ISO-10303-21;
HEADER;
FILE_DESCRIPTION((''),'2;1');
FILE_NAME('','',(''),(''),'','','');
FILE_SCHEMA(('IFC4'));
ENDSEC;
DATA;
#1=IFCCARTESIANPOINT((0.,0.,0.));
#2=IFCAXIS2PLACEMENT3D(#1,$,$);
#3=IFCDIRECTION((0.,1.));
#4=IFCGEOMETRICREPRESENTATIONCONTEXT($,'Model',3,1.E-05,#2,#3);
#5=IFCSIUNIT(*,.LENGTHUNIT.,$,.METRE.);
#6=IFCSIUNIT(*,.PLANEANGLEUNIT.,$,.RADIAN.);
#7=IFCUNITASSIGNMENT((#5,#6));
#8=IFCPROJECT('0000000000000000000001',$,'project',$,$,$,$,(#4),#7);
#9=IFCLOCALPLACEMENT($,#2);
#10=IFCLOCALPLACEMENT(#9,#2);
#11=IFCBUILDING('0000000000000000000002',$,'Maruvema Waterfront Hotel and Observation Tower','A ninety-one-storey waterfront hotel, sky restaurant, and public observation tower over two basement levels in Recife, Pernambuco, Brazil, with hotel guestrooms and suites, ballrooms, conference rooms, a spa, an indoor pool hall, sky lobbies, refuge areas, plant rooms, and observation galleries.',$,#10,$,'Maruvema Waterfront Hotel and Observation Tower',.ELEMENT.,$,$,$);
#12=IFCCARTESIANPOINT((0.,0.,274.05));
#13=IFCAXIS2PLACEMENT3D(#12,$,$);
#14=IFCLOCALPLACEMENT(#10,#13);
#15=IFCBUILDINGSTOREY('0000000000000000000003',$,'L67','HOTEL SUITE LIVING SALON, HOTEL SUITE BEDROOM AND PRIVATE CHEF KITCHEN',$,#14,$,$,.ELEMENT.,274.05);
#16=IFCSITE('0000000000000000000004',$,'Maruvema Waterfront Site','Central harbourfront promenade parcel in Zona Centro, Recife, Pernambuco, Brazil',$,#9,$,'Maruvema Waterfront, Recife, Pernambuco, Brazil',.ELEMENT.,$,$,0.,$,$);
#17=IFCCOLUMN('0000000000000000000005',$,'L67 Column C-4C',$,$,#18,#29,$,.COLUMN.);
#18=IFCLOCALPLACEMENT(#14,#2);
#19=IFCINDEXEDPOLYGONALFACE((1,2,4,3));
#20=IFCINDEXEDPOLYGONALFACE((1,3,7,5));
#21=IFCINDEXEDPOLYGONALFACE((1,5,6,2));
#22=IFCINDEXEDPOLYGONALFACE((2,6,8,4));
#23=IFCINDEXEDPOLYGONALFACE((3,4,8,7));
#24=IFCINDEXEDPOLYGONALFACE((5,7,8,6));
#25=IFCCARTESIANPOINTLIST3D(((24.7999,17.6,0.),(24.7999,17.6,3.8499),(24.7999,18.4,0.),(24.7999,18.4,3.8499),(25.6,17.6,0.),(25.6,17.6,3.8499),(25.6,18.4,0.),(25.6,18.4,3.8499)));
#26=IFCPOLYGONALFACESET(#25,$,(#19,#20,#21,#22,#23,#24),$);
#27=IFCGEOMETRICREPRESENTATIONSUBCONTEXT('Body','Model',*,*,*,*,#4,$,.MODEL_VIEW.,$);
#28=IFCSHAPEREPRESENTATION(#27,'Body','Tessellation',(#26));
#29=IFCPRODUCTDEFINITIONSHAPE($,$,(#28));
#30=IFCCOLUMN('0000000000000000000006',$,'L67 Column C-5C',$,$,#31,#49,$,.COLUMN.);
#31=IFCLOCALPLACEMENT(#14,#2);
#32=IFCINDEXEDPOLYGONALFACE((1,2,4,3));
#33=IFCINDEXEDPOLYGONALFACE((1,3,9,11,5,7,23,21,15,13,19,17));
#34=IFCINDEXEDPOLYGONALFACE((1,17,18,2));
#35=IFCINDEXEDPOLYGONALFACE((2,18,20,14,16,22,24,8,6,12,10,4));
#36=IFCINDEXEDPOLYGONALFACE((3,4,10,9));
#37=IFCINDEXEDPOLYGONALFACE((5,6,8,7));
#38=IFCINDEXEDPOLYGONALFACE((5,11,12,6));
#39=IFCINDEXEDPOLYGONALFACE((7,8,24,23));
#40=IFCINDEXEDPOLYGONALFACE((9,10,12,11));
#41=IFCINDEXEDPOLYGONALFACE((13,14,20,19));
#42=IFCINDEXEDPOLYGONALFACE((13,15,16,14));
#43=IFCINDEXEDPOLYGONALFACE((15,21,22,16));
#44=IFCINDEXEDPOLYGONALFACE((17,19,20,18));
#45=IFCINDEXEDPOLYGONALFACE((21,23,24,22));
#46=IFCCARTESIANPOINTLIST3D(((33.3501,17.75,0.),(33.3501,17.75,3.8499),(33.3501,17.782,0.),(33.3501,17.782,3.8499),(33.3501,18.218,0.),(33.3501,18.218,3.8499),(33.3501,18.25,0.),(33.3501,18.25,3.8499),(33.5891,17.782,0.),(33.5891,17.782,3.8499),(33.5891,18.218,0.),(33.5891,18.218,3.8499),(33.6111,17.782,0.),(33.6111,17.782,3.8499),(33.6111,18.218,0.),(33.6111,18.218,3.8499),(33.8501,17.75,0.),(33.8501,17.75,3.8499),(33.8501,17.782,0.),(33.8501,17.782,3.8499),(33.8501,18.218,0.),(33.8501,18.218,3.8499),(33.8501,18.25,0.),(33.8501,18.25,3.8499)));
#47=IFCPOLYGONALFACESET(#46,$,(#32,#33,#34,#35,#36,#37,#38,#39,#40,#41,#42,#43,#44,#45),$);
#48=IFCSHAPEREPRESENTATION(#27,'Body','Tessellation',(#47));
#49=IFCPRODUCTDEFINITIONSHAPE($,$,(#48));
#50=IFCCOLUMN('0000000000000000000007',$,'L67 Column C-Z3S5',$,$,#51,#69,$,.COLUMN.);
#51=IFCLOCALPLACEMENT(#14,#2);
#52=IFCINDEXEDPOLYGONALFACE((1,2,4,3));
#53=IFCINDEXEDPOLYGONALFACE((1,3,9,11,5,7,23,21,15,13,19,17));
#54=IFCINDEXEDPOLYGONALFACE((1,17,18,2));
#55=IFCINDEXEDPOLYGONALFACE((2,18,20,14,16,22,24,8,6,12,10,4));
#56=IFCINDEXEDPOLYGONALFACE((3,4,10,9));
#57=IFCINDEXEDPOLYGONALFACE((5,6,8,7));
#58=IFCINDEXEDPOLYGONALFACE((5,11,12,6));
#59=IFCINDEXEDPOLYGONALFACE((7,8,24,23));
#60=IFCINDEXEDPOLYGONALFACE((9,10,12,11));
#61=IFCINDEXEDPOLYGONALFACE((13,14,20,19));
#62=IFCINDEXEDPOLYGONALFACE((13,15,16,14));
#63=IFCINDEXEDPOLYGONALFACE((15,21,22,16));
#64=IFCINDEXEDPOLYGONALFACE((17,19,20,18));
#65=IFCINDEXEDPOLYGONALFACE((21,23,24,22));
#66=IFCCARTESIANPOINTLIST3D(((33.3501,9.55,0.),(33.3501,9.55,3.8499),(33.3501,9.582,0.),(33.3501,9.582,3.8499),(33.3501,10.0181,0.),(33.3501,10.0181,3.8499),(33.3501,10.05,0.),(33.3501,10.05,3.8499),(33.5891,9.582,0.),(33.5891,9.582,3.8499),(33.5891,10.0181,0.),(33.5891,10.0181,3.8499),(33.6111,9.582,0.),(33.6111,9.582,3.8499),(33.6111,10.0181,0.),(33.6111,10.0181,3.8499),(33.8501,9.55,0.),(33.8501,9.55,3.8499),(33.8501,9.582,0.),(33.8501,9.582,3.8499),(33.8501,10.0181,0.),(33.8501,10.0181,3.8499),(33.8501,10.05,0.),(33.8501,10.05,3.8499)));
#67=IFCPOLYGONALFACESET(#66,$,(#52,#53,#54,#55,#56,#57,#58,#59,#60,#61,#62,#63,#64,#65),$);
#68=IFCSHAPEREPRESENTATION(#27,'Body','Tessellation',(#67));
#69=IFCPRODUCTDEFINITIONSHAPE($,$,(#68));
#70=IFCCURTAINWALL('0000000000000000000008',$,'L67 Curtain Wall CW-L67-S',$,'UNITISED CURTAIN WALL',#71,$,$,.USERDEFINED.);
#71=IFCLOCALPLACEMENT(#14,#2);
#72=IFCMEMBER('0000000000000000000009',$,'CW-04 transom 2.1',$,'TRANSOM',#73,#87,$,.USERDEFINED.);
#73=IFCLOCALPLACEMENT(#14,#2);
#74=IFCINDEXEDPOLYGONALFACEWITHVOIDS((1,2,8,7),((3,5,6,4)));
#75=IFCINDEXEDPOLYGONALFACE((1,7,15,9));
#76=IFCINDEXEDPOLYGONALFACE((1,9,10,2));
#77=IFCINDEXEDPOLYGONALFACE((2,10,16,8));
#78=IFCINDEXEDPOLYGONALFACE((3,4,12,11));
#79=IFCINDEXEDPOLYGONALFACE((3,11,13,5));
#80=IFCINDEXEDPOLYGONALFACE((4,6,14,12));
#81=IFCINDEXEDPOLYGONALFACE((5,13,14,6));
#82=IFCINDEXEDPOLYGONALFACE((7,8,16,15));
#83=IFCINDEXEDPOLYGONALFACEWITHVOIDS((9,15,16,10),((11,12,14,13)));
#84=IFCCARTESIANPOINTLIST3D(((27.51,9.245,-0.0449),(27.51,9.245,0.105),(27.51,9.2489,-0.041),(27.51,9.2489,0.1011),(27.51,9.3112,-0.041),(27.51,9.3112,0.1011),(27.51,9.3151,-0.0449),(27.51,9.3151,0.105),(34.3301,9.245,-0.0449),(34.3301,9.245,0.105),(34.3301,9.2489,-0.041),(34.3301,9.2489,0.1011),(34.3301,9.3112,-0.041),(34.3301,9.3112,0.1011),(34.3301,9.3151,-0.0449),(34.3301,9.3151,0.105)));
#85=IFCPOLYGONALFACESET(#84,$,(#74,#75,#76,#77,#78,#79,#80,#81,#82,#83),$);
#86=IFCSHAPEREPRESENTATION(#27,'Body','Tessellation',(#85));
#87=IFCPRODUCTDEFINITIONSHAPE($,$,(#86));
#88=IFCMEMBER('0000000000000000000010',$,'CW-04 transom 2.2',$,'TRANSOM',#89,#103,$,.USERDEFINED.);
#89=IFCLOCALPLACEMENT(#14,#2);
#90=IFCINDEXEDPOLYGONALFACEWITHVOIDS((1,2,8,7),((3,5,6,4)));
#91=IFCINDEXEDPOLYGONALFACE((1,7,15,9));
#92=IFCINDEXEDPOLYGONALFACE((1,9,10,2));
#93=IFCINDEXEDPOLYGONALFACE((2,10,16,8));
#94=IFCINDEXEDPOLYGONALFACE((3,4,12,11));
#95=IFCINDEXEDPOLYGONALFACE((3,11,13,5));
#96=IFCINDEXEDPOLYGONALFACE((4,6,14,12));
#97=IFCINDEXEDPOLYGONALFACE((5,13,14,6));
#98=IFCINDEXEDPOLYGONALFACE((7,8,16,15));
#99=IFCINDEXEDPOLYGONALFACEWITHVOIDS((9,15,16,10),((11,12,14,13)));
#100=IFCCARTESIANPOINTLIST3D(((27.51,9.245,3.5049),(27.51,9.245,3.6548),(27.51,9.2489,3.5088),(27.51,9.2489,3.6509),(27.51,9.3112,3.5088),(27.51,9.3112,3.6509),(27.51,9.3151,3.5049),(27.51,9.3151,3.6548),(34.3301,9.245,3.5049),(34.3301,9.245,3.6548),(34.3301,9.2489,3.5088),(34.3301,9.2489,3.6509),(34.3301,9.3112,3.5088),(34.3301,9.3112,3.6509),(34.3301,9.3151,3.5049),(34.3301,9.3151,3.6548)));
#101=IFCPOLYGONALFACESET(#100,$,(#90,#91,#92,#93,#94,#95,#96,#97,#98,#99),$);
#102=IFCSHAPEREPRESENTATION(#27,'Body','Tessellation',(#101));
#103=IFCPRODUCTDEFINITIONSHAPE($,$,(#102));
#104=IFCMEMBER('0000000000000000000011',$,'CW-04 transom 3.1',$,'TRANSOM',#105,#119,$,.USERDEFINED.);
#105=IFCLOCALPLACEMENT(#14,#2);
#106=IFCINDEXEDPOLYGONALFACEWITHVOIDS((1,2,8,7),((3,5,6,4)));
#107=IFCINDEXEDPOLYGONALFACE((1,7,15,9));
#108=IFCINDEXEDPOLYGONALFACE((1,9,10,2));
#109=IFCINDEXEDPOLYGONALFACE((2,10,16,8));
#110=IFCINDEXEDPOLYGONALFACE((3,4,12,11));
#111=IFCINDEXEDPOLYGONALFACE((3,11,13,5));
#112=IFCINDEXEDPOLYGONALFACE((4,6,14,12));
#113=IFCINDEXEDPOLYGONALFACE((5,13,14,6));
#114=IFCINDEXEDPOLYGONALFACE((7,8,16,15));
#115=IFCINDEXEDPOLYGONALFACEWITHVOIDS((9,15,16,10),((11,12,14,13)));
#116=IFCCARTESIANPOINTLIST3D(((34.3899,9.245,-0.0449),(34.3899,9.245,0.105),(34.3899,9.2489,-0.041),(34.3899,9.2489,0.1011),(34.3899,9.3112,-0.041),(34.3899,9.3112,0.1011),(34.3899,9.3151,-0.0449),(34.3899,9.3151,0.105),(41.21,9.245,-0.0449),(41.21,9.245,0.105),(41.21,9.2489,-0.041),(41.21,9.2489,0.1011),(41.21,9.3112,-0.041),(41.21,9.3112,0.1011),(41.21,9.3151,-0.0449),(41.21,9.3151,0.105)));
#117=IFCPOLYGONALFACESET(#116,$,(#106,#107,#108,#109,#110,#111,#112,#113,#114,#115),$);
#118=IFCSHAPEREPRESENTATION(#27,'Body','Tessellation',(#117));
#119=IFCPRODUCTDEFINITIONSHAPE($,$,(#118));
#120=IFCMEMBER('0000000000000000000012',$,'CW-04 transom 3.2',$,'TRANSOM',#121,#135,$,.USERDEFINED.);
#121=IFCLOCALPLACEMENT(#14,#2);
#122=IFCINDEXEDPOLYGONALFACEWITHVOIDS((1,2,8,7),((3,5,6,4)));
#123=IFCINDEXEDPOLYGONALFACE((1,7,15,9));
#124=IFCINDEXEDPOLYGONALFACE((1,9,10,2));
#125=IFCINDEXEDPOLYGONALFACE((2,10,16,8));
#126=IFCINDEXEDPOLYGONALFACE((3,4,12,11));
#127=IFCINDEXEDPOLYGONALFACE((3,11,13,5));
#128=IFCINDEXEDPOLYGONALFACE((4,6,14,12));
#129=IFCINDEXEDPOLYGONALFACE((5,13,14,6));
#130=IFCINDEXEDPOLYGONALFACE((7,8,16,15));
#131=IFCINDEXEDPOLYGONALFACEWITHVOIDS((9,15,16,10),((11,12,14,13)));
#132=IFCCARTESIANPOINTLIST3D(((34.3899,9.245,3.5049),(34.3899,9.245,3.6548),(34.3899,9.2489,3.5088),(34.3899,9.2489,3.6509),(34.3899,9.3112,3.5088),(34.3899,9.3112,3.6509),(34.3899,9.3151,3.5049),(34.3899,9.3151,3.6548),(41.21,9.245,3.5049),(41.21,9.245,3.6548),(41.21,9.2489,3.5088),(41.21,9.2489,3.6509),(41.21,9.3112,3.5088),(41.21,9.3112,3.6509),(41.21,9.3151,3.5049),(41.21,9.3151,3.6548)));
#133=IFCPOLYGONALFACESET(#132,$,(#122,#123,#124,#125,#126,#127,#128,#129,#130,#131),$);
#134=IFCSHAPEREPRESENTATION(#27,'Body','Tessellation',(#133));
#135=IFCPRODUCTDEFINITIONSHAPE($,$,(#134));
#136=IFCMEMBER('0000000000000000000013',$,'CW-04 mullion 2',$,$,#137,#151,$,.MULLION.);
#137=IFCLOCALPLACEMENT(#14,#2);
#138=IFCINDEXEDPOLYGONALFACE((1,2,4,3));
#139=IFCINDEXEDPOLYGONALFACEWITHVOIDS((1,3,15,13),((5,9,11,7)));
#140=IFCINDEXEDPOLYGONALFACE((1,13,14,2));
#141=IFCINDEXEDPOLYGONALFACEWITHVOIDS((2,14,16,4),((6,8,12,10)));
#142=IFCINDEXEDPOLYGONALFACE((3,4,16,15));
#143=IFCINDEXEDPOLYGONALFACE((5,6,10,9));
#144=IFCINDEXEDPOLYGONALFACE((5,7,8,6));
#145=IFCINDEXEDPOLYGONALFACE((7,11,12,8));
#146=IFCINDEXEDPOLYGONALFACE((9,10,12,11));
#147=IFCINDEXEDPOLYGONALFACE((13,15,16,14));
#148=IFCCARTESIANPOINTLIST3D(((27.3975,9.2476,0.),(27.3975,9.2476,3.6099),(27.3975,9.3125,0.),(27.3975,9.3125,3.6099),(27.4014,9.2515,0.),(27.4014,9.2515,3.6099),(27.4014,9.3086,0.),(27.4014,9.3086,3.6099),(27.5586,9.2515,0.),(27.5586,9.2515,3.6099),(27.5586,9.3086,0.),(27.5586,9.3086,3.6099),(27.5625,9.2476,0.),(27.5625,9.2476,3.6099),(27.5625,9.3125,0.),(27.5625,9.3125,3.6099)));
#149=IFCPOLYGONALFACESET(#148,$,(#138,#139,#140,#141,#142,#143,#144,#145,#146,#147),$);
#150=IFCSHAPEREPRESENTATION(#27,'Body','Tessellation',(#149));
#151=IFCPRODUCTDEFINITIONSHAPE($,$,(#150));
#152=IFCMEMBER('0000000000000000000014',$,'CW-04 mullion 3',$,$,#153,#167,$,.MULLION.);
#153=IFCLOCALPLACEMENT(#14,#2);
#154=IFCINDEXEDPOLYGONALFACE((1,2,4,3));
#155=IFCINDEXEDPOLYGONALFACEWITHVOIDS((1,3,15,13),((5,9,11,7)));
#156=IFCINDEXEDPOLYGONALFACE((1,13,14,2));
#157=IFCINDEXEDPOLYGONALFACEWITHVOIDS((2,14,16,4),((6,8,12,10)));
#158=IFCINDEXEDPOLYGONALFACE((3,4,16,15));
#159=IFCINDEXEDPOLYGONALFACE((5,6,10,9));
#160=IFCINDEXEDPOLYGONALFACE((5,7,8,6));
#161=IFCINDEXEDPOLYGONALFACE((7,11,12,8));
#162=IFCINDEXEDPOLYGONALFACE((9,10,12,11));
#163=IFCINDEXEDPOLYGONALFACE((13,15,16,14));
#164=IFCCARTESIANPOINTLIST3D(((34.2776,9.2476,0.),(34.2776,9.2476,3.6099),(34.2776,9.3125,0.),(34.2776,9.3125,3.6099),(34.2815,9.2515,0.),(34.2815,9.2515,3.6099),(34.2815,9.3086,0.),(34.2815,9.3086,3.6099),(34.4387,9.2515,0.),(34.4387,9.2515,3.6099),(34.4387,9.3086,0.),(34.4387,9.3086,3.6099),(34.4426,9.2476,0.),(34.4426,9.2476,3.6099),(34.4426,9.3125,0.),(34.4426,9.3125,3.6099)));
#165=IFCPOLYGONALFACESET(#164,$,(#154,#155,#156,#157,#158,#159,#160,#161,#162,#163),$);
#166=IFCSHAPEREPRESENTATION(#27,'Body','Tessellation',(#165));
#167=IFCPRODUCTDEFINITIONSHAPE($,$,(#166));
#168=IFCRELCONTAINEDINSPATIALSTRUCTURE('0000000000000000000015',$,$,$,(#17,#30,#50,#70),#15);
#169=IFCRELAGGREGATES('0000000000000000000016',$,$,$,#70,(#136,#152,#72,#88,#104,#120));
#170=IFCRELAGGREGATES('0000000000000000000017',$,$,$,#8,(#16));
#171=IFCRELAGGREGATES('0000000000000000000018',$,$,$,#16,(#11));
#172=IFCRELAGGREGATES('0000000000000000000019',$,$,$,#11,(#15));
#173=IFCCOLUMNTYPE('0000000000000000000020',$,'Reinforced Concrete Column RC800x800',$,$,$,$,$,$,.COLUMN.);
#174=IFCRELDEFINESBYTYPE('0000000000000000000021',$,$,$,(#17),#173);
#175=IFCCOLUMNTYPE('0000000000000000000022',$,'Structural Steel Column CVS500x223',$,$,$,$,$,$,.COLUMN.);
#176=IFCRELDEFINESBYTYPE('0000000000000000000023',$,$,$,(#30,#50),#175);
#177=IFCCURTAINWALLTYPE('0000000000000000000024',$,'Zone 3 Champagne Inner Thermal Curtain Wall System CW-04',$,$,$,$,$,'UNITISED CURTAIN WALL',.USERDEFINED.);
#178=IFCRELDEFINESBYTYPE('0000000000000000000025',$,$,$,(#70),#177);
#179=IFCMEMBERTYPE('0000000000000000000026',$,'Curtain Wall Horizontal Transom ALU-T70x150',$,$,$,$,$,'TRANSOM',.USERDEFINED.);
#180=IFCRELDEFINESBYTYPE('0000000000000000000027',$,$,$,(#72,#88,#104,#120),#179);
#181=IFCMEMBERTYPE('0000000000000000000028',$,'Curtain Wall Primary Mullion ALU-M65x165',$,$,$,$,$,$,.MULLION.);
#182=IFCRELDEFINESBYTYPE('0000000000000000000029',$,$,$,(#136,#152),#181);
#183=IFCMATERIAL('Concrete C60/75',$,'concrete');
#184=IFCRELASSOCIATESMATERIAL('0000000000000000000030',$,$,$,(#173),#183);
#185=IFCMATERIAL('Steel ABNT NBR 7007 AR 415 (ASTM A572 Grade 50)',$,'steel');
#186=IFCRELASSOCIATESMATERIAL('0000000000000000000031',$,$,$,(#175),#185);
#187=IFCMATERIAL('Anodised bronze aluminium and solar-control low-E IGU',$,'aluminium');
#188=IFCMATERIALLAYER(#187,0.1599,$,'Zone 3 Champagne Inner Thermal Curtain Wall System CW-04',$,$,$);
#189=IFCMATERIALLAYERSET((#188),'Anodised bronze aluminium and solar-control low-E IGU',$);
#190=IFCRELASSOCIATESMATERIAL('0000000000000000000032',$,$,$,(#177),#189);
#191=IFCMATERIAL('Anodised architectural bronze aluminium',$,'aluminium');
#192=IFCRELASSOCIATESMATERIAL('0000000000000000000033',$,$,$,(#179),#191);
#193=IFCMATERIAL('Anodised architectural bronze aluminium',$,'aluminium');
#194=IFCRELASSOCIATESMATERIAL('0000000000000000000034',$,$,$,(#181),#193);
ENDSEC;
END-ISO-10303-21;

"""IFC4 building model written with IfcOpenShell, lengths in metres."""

from ifc_helpers import new_model, si_unit, direction, frame, origin, origin_2d, place, context, subcontext, project, spatial, rectangle, hollow_rectangle, i_section, extrude, material, layer, layer_set, material_profile, profile_set, type_object, element, aggregate, save


model = new_model("IFC4")

# Units and contexts
model_context = context("Model", 3, precision=1e-05, world=origin(), true_north=direction((0.0, 1.0)))
body_context = subcontext(model_context, "Body", "Model", "MODEL_VIEW")
ifc_project = project(units=[si_unit("LENGTHUNIT", "METRE"), si_unit("PLANEANGLEUNIT", "RADIAN")], contexts=[model_context])

# Site, building, storey
site_placement = place(None, origin())
site = spatial("IfcSite", under=ifc_project, at=site_placement, Name="Maruvema Waterfront Site", Description="Central harbourfront promenade parcel in Zona Centro, Recife, Pernambuco, Brazil", LongName="Maruvema Waterfront, Recife, Pernambuco, Brazil", CompositionType="ELEMENT", RefElevation=0.0)
building_placement = place(site_placement, origin())
building = spatial("IfcBuilding", under=site, at=building_placement, Name="Maruvema Waterfront Hotel and Observation Tower", Description="A ninety-one-storey waterfront hotel, sky restaurant, and public observation tower over two basement levels in Recife, Pernambuco, Brazil, with hotel guestrooms and suites, ballrooms, conference rooms, a spa, an indoor pool hall, sky lobbies, refuge areas, plant rooms, and observation galleries.", LongName="Maruvema Waterfront Hotel and Observation Tower", CompositionType="ELEMENT")
storey_placement = place(building_placement, frame((0.0, 0.0, 274.05)))
storey = spatial("IfcBuildingStorey", under=building, at=storey_placement, Name="L67", Description="HOTEL SUITE LIVING SALON, HOTEL SUITE BEDROOM AND PRIVATE CHEF KITCHEN", CompositionType="ELEMENT", Elevation=274.05)

# Columns
ifc_material_1 = material(Name="Concrete C60/75", Category="concrete")
ifc_material_profile_1 = material_profile(ifc_material_1, rectangle(XDim=0.8, YDim=0.8, at=origin_2d()), Name="RC800x800")
ifc_profile_set_1 = profile_set([ifc_material_profile_1], Name="Concrete C60/75")
column_type_1 = type_object("IfcColumnType", Name="Reinforced Concrete Column RC800x800", PredefinedType="COLUMN", material=ifc_profile_set_1)
column_placement = place(storey_placement, frame((25.2, 18.0, 0.0), z_axis=(0.0, 0.0, 1.0), x_axis=(1.0, 0.0, 0.0)))
element("IfcColumn", 1, at=column_placement, inside=storey, type_object=column_type_1, Name="L67 Column C-4C", PredefinedType="COLUMN", context=body_context, shape_type="SweptSolid", body=[
    extrude(rectangle(XDim=0.8, YDim=0.8, at=origin_2d()), origin(), (0.0, 0.0, 1.0), 3.8499),
])
ifc_material_2 = material(Name="Steel ABNT NBR 7007 AR 415 (ASTM A572 Grade 50)", Category="steel")
ifc_material_profile_2 = material_profile(ifc_material_2, i_section(OverallWidth=0.5, OverallDepth=0.5, WebThickness=0.022, FlangeThickness=0.032, at=origin_2d()), Name="CVS500x223")
ifc_profile_set_2 = profile_set([ifc_material_profile_2], Name="Steel ABNT NBR 7007 AR 415 (ASTM A572 Grade 50)")
column_type_2 = type_object("IfcColumnType", Name="Structural Steel Column CVS500x223", PredefinedType="COLUMN", material=ifc_profile_set_2)
for number, where, z_axis, x_axis, name in (
    (2, (33.6001, 18.0, 0.0), (0.0, 0.0, 1.0), (1.0, 0.0, 0.0), "L67 Column C-5C"),
    (3, (33.6001, 9.8, 0.0), (0.0, 0.0, 1.0), (1.0, 0.0, 0.0), "L67 Column C-Z3S5"),
):
    element("IfcColumn", number, at=place(storey_placement, frame(where, z_axis=z_axis, x_axis=x_axis)), inside=storey, type_object=column_type_2, Name=name, PredefinedType="COLUMN", context=body_context, shape_type="SweptSolid", body=[
        extrude(i_section(OverallWidth=0.5, OverallDepth=0.5, WebThickness=0.022, FlangeThickness=0.032, at=origin_2d()), origin(), (0.0, 0.0, 1.0), 3.8499),
    ])

# Curtain wall, members
ifc_material_3 = material(Name="Anodised bronze aluminium and solar-control low-E IGU", Category="aluminium")
ifc_layer_1 = layer(ifc_material_3, 0.1599, Name="Zone 3 Champagne Inner Thermal Curtain Wall System CW-04")
ifc_layer_set_1 = layer_set([ifc_layer_1], Name="Anodised bronze aluminium and solar-control low-E IGU")
curtain_wall_type = type_object("IfcCurtainWallType", Name="Zone 3 Champagne Inner Thermal Curtain Wall System CW-04", ElementType="UNITISED CURTAIN WALL", PredefinedType="USERDEFINED", material=ifc_layer_set_1)
curtain_wall_placement = place(storey_placement, origin())
curtain_wall = element("IfcCurtainWall", 4, at=curtain_wall_placement, inside=storey, type_object=curtain_wall_type, Name="L67 Curtain Wall CW-L67-S", ObjectType="UNITISED CURTAIN WALL", PredefinedType="USERDEFINED")
ifc_material_4 = material(Name="Anodised architectural bronze aluminium", Category="aluminium")
ifc_material_profile_3 = material_profile(ifc_material_4, hollow_rectangle(XDim=0.0701, YDim=0.1499, WallThickness=0.0039, at=origin_2d()), Name="ALU-T70x150")
ifc_profile_set_3 = profile_set([ifc_material_profile_3], Name="Anodised architectural bronze aluminium")
member_type_1 = type_object("IfcMemberType", Name="Curtain Wall Horizontal Transom ALU-T70x150", ElementType="TRANSOM", PredefinedType="USERDEFINED", material=ifc_profile_set_3)
member_1_placement = place(storey_placement, frame((27.51, 9.28, 0.03), z_axis=(1.0, 0.0, 0.0), x_axis=(0.0, 1.0, 0.0)))
member_1 = element("IfcMember", 5, at=member_1_placement, type_object=member_type_1, Name="CW-04 transom 2.1", ObjectType="TRANSOM", PredefinedType="USERDEFINED", context=body_context, shape_type="SweptSolid", body=[
    extrude(hollow_rectangle(XDim=0.0701, YDim=0.1499, WallThickness=0.0039, at=origin_2d()), origin(), (0.0, 0.0, 1.0), 6.8201),
])
member_2_placement = place(storey_placement, frame((27.51, 9.28, 3.5798), z_axis=(1.0, 0.0, 0.0), x_axis=(0.0, 1.0, 0.0)))
member_2 = element("IfcMember", 6, at=member_2_placement, type_object=member_type_1, Name="CW-04 transom 2.2", ObjectType="TRANSOM", PredefinedType="USERDEFINED", context=body_context, shape_type="SweptSolid", body=[
    extrude(hollow_rectangle(XDim=0.0701, YDim=0.1499, WallThickness=0.0039, at=origin_2d()), origin(), (0.0, 0.0, 1.0), 6.8201),
])
member_3_placement = place(storey_placement, frame((34.3899, 9.28, 0.03), z_axis=(1.0, 0.0, 0.0), x_axis=(0.0, 1.0, 0.0)))
member_3 = element("IfcMember", 7, at=member_3_placement, type_object=member_type_1, Name="CW-04 transom 3.1", ObjectType="TRANSOM", PredefinedType="USERDEFINED", context=body_context, shape_type="SweptSolid", body=[
    extrude(hollow_rectangle(XDim=0.0701, YDim=0.1499, WallThickness=0.0039, at=origin_2d()), origin(), (0.0, 0.0, 1.0), 6.8201),
])
member_4_placement = place(storey_placement, frame((34.3899, 9.28, 3.5798), z_axis=(1.0, 0.0, 0.0), x_axis=(0.0, 1.0, 0.0)))
member_4 = element("IfcMember", 8, at=member_4_placement, type_object=member_type_1, Name="CW-04 transom 3.2", ObjectType="TRANSOM", PredefinedType="USERDEFINED", context=body_context, shape_type="SweptSolid", body=[
    extrude(hollow_rectangle(XDim=0.0701, YDim=0.1499, WallThickness=0.0039, at=origin_2d()), origin(), (0.0, 0.0, 1.0), 6.8201),
])
ifc_material_5 = material(Name="Anodised architectural bronze aluminium", Category="aluminium")
ifc_material_profile_4 = material_profile(ifc_material_5, hollow_rectangle(XDim=0.0649, YDim=0.165, WallThickness=0.0039, at=origin_2d()), Name="ALU-M65x165")
ifc_profile_set_4 = profile_set([ifc_material_profile_4], Name="Anodised architectural bronze aluminium")
member_type_2 = type_object("IfcMemberType", Name="Curtain Wall Primary Mullion ALU-M65x165", PredefinedType="MULLION", material=ifc_profile_set_4)
member_5_placement = place(storey_placement, frame((27.48, 9.28, 0.0), z_axis=(0.0, 0.0, 1.0), x_axis=(0.0, 1.0, 0.0)))
member_5 = element("IfcMember", 9, at=member_5_placement, type_object=member_type_2, Name="CW-04 mullion 2", PredefinedType="MULLION", context=body_context, shape_type="SweptSolid", body=[
    extrude(hollow_rectangle(XDim=0.0649, YDim=0.165, WallThickness=0.0039, at=origin_2d()), origin(), (0.0, 0.0, 1.0), 3.6099),
])
member_6_placement = place(storey_placement, frame((34.3601, 9.28, 0.0), z_axis=(0.0, 0.0, 1.0), x_axis=(0.0, 1.0, 0.0)))
member_6 = element("IfcMember", 10, at=member_6_placement, type_object=member_type_2, Name="CW-04 mullion 3", PredefinedType="MULLION", context=body_context, shape_type="SweptSolid", body=[
    extrude(hollow_rectangle(XDim=0.0649, YDim=0.165, WallThickness=0.0039, at=origin_2d()), origin(), (0.0, 0.0, 1.0), 3.6099),
])

aggregate(curtain_wall, [member_5, member_6, member_1, member_2, member_3, member_4])

save(model, "model.ifc")
